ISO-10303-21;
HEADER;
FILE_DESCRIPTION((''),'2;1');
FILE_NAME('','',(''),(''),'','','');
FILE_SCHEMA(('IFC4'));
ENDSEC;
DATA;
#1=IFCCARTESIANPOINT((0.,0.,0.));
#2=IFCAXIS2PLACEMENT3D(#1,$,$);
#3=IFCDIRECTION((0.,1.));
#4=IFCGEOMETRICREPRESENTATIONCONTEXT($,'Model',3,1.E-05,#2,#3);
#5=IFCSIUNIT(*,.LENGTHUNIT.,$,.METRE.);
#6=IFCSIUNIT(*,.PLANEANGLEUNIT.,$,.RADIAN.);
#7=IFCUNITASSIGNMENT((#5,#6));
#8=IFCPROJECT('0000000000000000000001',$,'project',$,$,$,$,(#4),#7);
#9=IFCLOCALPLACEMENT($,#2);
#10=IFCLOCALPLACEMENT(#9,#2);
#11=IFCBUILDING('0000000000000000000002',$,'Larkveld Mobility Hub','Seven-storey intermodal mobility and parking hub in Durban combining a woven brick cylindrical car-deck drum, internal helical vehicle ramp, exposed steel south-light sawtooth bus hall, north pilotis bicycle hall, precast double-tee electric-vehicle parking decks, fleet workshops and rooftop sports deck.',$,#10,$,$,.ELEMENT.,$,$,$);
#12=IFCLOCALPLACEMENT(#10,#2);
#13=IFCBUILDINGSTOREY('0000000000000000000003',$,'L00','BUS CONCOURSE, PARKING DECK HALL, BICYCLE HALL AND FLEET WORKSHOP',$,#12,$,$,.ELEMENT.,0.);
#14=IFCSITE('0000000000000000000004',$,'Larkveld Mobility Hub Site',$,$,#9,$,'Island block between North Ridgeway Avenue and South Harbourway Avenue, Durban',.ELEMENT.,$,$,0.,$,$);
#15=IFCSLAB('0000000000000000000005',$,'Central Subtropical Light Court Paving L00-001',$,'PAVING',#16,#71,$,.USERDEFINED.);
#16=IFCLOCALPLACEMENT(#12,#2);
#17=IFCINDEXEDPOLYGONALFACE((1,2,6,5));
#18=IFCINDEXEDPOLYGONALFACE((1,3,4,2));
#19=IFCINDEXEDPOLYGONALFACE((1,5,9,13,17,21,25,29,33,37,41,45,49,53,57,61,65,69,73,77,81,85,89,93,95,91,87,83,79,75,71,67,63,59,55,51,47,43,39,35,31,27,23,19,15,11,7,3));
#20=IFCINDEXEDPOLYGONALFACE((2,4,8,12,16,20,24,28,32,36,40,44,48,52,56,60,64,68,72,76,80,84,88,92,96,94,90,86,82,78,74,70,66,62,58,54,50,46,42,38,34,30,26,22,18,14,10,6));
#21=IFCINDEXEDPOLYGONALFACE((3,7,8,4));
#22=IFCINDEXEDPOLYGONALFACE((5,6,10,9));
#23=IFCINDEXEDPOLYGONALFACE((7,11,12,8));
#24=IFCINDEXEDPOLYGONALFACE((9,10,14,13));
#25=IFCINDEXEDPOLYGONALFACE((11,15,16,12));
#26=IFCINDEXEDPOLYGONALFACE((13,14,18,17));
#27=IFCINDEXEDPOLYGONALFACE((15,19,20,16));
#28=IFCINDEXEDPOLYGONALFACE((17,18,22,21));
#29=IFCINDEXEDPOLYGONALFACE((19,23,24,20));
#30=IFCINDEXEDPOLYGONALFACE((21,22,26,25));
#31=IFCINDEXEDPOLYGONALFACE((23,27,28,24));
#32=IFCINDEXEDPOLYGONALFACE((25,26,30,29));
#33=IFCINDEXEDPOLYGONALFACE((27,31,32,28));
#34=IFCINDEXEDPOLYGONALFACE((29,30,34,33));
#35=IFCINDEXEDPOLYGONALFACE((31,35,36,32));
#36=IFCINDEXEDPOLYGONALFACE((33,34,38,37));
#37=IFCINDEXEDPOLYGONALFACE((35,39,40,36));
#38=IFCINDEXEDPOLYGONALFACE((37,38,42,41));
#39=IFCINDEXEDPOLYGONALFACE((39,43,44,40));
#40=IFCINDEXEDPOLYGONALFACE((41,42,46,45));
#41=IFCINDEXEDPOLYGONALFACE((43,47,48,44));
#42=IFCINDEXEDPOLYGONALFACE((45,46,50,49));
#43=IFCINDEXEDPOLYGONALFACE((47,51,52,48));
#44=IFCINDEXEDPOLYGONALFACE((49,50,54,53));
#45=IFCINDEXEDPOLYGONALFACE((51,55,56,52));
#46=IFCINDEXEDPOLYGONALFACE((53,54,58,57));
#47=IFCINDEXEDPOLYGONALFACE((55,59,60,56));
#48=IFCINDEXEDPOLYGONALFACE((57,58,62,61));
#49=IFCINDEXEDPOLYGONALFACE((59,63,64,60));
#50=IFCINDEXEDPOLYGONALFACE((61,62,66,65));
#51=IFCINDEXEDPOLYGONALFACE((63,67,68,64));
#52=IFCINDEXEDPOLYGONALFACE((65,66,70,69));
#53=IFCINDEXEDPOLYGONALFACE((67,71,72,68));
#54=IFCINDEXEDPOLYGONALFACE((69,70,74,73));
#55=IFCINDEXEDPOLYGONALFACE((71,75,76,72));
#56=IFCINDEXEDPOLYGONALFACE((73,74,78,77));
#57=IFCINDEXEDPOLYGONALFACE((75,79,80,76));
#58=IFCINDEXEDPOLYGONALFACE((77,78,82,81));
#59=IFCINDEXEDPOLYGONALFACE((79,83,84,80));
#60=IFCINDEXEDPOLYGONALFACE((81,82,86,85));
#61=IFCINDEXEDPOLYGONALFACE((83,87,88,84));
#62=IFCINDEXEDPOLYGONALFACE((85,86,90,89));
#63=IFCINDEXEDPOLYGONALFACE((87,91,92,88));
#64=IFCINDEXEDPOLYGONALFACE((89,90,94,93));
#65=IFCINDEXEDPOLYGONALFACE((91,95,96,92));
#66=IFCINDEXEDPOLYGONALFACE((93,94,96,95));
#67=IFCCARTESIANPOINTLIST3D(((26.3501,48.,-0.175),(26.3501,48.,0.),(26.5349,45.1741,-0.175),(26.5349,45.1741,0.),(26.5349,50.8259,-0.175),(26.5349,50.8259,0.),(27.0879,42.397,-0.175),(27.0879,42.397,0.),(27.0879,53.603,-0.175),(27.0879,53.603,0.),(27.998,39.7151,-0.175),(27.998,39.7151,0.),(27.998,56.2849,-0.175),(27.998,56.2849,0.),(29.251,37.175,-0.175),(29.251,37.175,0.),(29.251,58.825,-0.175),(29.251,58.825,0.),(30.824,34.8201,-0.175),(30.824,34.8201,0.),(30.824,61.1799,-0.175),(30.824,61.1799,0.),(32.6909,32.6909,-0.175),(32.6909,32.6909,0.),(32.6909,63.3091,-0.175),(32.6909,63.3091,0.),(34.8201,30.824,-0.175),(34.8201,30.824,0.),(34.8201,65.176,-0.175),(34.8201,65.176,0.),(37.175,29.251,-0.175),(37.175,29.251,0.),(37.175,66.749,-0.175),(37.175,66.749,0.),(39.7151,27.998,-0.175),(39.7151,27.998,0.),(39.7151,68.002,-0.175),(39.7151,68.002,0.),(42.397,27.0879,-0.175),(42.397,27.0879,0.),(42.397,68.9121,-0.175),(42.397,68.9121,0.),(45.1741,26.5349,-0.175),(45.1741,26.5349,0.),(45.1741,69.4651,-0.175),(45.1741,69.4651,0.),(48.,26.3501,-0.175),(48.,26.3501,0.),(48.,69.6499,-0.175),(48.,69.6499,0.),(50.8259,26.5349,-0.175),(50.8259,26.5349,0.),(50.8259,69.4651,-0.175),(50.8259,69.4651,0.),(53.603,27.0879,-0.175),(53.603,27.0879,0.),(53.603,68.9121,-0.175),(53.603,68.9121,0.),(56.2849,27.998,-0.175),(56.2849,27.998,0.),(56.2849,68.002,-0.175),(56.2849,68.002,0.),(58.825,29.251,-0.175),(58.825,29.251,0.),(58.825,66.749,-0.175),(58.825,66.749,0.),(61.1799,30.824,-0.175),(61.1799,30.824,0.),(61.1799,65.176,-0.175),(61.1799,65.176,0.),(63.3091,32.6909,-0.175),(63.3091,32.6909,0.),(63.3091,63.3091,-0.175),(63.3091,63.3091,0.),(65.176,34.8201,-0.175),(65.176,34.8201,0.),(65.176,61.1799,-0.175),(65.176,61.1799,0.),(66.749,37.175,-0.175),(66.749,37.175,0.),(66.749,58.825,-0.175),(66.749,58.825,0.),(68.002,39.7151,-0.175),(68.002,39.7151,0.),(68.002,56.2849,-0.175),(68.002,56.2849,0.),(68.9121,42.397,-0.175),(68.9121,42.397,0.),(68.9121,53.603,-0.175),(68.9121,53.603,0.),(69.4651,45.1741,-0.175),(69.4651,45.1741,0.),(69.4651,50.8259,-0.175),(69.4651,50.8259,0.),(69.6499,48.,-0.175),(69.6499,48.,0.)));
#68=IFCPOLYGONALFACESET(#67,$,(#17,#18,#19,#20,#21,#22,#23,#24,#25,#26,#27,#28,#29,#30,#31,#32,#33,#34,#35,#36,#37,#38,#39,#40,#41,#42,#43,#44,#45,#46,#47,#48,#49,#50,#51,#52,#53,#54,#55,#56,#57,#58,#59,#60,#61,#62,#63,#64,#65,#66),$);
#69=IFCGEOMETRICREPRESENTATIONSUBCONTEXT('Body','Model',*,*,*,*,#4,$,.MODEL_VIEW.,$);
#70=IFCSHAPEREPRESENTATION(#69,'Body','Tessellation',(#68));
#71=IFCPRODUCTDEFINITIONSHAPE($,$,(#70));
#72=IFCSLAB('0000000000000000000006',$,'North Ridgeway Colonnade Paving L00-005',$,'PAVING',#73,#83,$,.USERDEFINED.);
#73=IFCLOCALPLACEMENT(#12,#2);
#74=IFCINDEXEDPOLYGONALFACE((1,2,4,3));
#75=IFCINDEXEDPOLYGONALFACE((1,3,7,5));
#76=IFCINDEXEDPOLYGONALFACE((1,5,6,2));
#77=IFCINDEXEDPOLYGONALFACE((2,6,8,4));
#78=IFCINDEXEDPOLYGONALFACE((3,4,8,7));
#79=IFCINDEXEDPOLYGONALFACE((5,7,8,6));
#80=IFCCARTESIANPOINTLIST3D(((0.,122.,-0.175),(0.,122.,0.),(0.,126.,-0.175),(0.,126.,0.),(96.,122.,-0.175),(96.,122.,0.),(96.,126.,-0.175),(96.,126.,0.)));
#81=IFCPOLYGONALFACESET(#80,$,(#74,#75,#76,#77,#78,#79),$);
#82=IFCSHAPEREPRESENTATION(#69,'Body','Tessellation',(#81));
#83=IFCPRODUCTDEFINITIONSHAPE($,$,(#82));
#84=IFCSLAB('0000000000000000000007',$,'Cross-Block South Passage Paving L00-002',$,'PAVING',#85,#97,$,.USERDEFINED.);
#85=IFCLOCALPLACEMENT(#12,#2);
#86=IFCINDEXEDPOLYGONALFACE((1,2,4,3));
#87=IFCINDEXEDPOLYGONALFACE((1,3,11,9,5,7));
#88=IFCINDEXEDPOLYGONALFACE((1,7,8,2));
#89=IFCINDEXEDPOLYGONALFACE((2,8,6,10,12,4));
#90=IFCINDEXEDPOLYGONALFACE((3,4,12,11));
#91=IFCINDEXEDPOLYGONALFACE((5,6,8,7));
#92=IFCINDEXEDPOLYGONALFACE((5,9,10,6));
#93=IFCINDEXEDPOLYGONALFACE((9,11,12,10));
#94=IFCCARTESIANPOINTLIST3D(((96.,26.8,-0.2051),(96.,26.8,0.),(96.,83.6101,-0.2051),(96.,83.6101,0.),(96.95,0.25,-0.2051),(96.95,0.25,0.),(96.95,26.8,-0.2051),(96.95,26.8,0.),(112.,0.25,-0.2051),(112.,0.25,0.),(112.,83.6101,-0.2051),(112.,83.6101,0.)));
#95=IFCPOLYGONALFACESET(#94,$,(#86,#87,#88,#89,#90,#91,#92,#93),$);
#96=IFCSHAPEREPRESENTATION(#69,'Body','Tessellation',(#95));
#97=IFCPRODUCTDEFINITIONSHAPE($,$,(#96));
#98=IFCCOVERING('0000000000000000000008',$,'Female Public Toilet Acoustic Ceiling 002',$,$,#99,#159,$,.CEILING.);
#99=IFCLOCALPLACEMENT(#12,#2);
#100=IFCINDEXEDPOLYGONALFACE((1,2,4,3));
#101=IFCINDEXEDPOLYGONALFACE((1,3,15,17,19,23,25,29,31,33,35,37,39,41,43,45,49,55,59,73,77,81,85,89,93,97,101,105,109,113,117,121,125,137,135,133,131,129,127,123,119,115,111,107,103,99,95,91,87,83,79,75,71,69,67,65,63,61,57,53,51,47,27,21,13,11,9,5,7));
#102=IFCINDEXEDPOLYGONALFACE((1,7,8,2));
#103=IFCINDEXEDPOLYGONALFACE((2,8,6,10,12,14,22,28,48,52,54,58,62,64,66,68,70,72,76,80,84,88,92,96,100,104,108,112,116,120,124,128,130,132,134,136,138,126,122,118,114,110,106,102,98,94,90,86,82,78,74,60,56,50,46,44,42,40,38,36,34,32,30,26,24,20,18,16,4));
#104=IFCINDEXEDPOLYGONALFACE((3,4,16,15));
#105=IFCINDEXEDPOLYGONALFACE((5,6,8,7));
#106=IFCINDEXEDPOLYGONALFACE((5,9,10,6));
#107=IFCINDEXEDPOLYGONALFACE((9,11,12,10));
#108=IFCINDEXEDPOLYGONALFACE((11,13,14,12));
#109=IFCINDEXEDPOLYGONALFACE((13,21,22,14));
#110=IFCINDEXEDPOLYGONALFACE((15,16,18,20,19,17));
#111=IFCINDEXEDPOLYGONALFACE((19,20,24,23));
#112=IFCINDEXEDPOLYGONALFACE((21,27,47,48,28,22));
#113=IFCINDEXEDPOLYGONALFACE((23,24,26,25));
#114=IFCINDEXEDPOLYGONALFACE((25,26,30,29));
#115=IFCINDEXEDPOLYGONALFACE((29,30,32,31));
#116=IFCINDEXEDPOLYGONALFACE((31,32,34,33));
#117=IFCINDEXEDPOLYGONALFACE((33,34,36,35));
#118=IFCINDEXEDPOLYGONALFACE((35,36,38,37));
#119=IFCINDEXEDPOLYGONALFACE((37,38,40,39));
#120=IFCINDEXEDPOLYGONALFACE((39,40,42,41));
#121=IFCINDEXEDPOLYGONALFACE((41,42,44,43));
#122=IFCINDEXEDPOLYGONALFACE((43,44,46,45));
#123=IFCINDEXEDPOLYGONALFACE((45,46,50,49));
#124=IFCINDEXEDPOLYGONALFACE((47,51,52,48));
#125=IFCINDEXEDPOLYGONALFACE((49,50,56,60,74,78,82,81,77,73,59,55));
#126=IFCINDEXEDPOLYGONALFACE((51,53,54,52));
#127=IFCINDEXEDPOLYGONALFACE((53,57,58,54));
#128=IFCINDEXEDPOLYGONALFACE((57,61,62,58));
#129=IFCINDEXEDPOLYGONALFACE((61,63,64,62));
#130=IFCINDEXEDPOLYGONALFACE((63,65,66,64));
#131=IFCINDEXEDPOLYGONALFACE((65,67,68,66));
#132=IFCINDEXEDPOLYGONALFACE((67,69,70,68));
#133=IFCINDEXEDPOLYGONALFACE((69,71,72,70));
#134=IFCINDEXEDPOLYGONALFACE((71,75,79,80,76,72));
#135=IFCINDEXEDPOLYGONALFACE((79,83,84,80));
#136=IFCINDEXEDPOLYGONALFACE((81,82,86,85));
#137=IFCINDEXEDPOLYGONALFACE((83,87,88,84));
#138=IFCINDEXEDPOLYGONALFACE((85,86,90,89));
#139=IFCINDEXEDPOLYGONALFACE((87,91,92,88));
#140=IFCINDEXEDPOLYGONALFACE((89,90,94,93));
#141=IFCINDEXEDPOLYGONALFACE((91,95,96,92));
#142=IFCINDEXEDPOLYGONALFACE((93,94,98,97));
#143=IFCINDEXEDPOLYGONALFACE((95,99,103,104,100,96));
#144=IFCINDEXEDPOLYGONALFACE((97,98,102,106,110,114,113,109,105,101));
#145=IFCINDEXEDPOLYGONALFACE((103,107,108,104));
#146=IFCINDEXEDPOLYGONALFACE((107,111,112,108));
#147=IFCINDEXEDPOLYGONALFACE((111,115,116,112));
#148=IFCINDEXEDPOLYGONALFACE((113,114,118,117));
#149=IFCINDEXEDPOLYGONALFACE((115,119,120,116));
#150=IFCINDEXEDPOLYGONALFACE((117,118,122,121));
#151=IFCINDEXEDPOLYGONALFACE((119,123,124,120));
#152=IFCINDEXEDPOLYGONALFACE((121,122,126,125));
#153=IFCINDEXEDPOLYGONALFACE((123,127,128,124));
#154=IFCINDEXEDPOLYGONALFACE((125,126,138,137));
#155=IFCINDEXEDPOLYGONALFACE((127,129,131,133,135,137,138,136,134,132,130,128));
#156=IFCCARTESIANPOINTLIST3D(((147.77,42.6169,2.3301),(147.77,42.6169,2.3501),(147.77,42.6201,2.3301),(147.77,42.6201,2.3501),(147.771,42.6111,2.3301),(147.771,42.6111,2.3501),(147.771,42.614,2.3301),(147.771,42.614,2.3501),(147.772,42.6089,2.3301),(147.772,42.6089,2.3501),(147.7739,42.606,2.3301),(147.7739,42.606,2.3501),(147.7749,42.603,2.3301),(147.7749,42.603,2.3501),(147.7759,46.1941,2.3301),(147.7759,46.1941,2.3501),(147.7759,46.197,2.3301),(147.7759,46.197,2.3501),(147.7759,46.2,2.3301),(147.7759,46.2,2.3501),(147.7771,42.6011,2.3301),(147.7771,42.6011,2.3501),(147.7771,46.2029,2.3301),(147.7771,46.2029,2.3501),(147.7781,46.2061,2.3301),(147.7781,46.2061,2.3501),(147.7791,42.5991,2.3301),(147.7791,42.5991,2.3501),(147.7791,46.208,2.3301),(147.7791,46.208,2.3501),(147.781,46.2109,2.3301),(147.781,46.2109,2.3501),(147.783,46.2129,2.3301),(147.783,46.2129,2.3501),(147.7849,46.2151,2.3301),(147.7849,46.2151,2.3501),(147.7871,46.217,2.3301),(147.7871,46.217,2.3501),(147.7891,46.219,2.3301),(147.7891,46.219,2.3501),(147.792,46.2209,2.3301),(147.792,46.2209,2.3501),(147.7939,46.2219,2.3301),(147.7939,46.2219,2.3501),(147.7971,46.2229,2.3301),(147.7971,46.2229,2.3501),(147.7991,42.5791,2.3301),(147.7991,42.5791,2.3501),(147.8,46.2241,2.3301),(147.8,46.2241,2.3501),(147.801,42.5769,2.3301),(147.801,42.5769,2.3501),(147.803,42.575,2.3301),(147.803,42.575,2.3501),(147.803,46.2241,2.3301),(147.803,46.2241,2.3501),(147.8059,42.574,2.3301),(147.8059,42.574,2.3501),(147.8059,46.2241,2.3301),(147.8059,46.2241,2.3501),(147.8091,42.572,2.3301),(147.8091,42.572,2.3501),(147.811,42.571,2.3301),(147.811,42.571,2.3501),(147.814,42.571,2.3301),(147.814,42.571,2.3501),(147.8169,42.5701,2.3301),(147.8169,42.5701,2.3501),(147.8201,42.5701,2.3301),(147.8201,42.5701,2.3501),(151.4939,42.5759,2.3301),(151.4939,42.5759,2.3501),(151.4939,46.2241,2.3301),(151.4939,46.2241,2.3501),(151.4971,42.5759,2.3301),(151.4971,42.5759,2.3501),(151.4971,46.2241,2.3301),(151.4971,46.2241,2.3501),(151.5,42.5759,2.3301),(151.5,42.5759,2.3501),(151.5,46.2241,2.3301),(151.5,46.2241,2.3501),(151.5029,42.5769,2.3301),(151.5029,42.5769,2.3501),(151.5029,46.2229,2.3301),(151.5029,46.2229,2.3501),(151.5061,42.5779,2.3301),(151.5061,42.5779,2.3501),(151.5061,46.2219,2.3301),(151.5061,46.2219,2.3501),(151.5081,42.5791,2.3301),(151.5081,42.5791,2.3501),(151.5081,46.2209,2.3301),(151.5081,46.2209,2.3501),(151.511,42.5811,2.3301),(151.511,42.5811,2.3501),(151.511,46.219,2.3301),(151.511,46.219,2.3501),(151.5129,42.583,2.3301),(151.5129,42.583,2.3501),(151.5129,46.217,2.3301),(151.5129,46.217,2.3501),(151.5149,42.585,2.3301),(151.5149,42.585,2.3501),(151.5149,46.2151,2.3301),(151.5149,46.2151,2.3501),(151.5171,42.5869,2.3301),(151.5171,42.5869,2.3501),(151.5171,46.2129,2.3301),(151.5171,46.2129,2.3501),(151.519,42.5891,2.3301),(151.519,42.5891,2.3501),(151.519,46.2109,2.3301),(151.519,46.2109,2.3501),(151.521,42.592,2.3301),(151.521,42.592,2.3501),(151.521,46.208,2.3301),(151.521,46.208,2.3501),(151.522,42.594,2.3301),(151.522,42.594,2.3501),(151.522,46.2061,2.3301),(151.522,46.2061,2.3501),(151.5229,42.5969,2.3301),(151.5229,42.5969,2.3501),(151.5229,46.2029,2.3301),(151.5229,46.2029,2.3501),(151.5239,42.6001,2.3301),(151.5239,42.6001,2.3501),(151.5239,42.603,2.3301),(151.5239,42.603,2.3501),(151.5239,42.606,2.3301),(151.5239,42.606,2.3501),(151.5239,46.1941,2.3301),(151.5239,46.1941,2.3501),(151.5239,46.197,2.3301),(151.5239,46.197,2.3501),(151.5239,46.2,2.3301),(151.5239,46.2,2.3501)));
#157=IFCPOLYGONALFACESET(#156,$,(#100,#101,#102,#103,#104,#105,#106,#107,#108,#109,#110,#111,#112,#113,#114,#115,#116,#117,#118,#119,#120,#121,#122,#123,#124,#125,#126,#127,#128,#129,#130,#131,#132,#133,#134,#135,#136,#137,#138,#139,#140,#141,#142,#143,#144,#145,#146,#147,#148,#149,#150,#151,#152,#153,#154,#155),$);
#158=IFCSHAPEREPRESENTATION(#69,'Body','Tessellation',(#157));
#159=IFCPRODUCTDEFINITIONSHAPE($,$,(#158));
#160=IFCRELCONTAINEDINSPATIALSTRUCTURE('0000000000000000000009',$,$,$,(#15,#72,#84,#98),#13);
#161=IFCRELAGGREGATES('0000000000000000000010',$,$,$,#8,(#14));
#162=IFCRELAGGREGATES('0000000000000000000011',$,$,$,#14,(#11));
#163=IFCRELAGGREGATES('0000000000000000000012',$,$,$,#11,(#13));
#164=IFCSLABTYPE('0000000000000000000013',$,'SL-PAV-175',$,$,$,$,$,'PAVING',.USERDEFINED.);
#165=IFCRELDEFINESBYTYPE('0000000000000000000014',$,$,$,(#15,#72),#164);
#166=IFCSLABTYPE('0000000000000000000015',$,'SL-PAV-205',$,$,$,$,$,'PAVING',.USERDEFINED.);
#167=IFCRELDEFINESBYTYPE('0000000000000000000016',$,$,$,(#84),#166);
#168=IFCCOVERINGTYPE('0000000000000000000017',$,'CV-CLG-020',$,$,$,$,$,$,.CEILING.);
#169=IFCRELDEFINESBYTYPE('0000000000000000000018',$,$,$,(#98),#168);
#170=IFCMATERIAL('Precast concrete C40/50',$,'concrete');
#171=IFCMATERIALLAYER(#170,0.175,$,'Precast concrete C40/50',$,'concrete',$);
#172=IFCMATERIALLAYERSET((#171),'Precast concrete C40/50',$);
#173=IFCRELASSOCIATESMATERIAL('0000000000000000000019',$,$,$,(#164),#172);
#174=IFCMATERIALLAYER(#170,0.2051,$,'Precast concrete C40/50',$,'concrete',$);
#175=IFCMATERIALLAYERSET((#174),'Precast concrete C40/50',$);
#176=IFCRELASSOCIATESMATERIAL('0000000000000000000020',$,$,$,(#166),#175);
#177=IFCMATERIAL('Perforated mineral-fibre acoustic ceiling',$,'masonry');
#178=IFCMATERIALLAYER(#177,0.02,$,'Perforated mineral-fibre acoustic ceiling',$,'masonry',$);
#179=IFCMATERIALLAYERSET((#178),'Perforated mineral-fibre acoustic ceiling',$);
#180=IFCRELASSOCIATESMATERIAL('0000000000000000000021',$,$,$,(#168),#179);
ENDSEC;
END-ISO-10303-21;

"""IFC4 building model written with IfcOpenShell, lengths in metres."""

from ifc_helpers import new_model, si_unit, direction, frame, origin, place, context, subcontext, project, spatial, polyline, outline, extrude, material, layer, layer_set, type_object, element, save


model = new_model("IFC4")

# Units and contexts
model_context = context("Model", 3, precision=1e-05, world=origin(), true_north=direction((0.0, 1.0)))
body_context = subcontext(model_context, "Body", "Model", "MODEL_VIEW")
ifc_project = project(units=[si_unit("LENGTHUNIT", "METRE"), si_unit("PLANEANGLEUNIT", "RADIAN")], contexts=[model_context])

# Site, building, storey
site_placement = place(None, origin())
site = spatial("IfcSite", under=ifc_project, at=site_placement, Name="Larkveld Mobility Hub Site", LongName="Island block between North Ridgeway Avenue and South Harbourway Avenue, Durban", CompositionType="ELEMENT", RefElevation=0.0)
building_placement = place(site_placement, origin())
building = spatial("IfcBuilding", under=site, at=building_placement, Name="Larkveld Mobility Hub", Description="Seven-storey intermodal mobility and parking hub in Durban combining a woven brick cylindrical car-deck drum, internal helical vehicle ramp, exposed steel south-light sawtooth bus hall, north pilotis bicycle hall, precast double-tee electric-vehicle parking decks, fleet workshops and rooftop sports deck.", CompositionType="ELEMENT")
storey_placement = place(building_placement, origin())
storey = spatial("IfcBuildingStorey", under=building, at=storey_placement, Name="L00", Description="BUS CONCOURSE, PARKING DECK HALL, BICYCLE HALL AND FLEET WORKSHOP", CompositionType="ELEMENT", Elevation=0.0)

# Slabs
ifc_material_1 = material(Name="Precast concrete C40/50", Category="concrete")
ifc_layer_1 = layer(ifc_material_1, 0.175, Name="Precast concrete C40/50", Category="concrete")
ifc_layer_set_1 = layer_set([ifc_layer_1], Name="Precast concrete C40/50")
slab_type_1 = type_object("IfcSlabType", Name="SL-PAV-175", ElementType="PAVING", PredefinedType="USERDEFINED", material=ifc_layer_set_1)
slab_1_placement = place(storey_placement, frame((0.0, 0.0, -0.175)))
element("IfcSlab", 1, at=slab_1_placement, inside=storey, type_object=slab_type_1, Name="Central Subtropical Light Court Paving L00-001", ObjectType="PAVING", PredefinedType="USERDEFINED", context=body_context, shape_type="SweptSolid", body=[
    extrude(outline(polyline([(69.6499, 48.0), (69.4651, 50.8259), (68.9121, 53.603), (68.002, 56.2849), (66.749, 58.825), (65.176, 61.1799), (63.3091, 63.3091), (61.1799, 65.176), (58.825, 66.749), (56.2849, 68.002), (53.603, 68.9121), (50.8259, 69.4651), (48.0, 69.6499), (45.1741, 69.4651), (42.397, 68.9121), (39.7151, 68.002), (37.175, 66.749), (34.8201, 65.176), (32.6909, 63.3091), (30.824, 61.1799), (29.251, 58.825), (27.998, 56.2849), (27.0879, 53.603), (26.5349, 50.8259), (26.3501, 48.0), (26.5349, 45.1741), (27.0879, 42.397), (27.998, 39.7151), (29.251, 37.175), (30.824, 34.8201), (32.6909, 32.6909), (34.8201, 30.824), (37.175, 29.251), (39.7151, 27.998), (42.397, 27.0879), (45.1741, 26.5349), (48.0, 26.3501), (50.8259, 26.5349), (53.603, 27.0879), (56.2849, 27.998), (58.825, 29.251), (61.1799, 30.824), (63.3091, 32.6909), (65.176, 34.8201), (66.749, 37.175), (68.002, 39.7151), (68.9121, 42.397), (69.4651, 45.1741), (69.6499, 48.0)])), origin(), (0.0, 0.0, 1.0), 0.175),
])
slab_2_placement = place(storey_placement, frame((0.0, 0.0, -0.175)))
element("IfcSlab", 2, at=slab_2_placement, inside=storey, type_object=slab_type_1, Name="North Ridgeway Colonnade Paving L00-005", ObjectType="PAVING", PredefinedType="USERDEFINED", context=body_context, shape_type="SweptSolid", body=[
    extrude(outline(polyline([(0.0, 122.0), (96.0, 122.0), (96.0, 126.0), (0.0, 126.0), (0.0, 122.0)])), origin(), (0.0, 0.0, 1.0), 0.175),
])
ifc_layer_2 = layer(ifc_material_1, 0.2051, Name="Precast concrete C40/50", Category="concrete")
ifc_layer_set_2 = layer_set([ifc_layer_2], Name="Precast concrete C40/50")
slab_type_2 = type_object("IfcSlabType", Name="SL-PAV-205", ElementType="PAVING", PredefinedType="USERDEFINED", material=ifc_layer_set_2)
slab_3_placement = place(storey_placement, frame((0.0, 0.0, -0.2051)))
element("IfcSlab", 3, at=slab_3_placement, inside=storey, type_object=slab_type_2, Name="Cross-Block South Passage Paving L00-002", ObjectType="PAVING", PredefinedType="USERDEFINED", context=body_context, shape_type="SweptSolid", body=[
    extrude(outline(polyline([(96.95, 0.25), (112.0, 0.25), (112.0, 83.6101), (96.0, 83.6101), (96.0, 26.8), (96.95, 26.8), (96.95, 0.25)])), origin(), (0.0, 0.0, 1.0), 0.2051),
])

# Covering
ifc_material_2 = material(Name="Perforated mineral-fibre acoustic ceiling", Category="masonry")
ifc_layer_3 = layer(ifc_material_2, 0.02, Name="Perforated mineral-fibre acoustic ceiling", Category="masonry")
ifc_layer_set_3 = layer_set([ifc_layer_3], Name="Perforated mineral-fibre acoustic ceiling")
covering_type_1 = type_object("IfcCoveringType", Name="CV-CLG-020", PredefinedType="CEILING", material=ifc_layer_set_3)
covering_1_placement = place(storey_placement, frame((0.0, 0.0, 2.3301)))
element("IfcCovering", 4, at=covering_1_placement, inside=storey, type_object=covering_type_1, Name="Female Public Toilet Acoustic Ceiling 002", PredefinedType="CEILING", context=body_context, shape_type="SweptSolid", body=[
    extrude(outline(polyline([(147.8201, 42.5701), (147.8169, 42.5701), (147.814, 42.571), (147.811, 42.571), (147.8091, 42.572), (147.8059, 42.574), (147.803, 42.575), (147.801, 42.5769), (147.7991, 42.5791), (147.7791, 42.5991), (147.7771, 42.6011), (147.7749, 42.603), (147.7739, 42.606), (147.772, 42.6089), (147.771, 42.6111), (147.771, 42.614), (147.77, 42.6169), (147.77, 42.6201), (147.7759, 46.1941), (147.7759, 46.197), (147.7759, 46.2), (147.7771, 46.2029), (147.7781, 46.2061), (147.7791, 46.208), (147.781, 46.2109), (147.783, 46.2129), (147.7849, 46.2151), (147.7871, 46.217), (147.7891, 46.219), (147.792, 46.2209), (147.7939, 46.2219), (147.7971, 46.2229), (147.8, 46.2241), (147.803, 46.2241), (147.8059, 46.2241), (151.4939, 46.2241), (151.4971, 46.2241), (151.5, 46.2241), (151.5029, 46.2229), (151.5061, 46.2219), (151.5081, 46.2209), (151.511, 46.219), (151.5129, 46.217), (151.5149, 46.2151), (151.5171, 46.2129), (151.519, 46.2109), (151.521, 46.208), (151.522, 46.2061), (151.5229, 46.2029), (151.5239, 46.2), (151.5239, 46.197), (151.5239, 46.1941), (151.5239, 42.606), (151.5239, 42.603), (151.5239, 42.6001), (151.5229, 42.5969), (151.522, 42.594), (151.521, 42.592), (151.519, 42.5891), (151.5171, 42.5869), (151.5149, 42.585), (151.5129, 42.583), (151.511, 42.5811), (151.5081, 42.5791), (151.5061, 42.5779), (151.5029, 42.5769), (151.5, 42.5759), (151.4971, 42.5759), (151.4939, 42.5759), (147.8201, 42.5701)])), origin(), (0.0, 0.0, 1.0), 0.02),
])

save(model, "model.ifc")
